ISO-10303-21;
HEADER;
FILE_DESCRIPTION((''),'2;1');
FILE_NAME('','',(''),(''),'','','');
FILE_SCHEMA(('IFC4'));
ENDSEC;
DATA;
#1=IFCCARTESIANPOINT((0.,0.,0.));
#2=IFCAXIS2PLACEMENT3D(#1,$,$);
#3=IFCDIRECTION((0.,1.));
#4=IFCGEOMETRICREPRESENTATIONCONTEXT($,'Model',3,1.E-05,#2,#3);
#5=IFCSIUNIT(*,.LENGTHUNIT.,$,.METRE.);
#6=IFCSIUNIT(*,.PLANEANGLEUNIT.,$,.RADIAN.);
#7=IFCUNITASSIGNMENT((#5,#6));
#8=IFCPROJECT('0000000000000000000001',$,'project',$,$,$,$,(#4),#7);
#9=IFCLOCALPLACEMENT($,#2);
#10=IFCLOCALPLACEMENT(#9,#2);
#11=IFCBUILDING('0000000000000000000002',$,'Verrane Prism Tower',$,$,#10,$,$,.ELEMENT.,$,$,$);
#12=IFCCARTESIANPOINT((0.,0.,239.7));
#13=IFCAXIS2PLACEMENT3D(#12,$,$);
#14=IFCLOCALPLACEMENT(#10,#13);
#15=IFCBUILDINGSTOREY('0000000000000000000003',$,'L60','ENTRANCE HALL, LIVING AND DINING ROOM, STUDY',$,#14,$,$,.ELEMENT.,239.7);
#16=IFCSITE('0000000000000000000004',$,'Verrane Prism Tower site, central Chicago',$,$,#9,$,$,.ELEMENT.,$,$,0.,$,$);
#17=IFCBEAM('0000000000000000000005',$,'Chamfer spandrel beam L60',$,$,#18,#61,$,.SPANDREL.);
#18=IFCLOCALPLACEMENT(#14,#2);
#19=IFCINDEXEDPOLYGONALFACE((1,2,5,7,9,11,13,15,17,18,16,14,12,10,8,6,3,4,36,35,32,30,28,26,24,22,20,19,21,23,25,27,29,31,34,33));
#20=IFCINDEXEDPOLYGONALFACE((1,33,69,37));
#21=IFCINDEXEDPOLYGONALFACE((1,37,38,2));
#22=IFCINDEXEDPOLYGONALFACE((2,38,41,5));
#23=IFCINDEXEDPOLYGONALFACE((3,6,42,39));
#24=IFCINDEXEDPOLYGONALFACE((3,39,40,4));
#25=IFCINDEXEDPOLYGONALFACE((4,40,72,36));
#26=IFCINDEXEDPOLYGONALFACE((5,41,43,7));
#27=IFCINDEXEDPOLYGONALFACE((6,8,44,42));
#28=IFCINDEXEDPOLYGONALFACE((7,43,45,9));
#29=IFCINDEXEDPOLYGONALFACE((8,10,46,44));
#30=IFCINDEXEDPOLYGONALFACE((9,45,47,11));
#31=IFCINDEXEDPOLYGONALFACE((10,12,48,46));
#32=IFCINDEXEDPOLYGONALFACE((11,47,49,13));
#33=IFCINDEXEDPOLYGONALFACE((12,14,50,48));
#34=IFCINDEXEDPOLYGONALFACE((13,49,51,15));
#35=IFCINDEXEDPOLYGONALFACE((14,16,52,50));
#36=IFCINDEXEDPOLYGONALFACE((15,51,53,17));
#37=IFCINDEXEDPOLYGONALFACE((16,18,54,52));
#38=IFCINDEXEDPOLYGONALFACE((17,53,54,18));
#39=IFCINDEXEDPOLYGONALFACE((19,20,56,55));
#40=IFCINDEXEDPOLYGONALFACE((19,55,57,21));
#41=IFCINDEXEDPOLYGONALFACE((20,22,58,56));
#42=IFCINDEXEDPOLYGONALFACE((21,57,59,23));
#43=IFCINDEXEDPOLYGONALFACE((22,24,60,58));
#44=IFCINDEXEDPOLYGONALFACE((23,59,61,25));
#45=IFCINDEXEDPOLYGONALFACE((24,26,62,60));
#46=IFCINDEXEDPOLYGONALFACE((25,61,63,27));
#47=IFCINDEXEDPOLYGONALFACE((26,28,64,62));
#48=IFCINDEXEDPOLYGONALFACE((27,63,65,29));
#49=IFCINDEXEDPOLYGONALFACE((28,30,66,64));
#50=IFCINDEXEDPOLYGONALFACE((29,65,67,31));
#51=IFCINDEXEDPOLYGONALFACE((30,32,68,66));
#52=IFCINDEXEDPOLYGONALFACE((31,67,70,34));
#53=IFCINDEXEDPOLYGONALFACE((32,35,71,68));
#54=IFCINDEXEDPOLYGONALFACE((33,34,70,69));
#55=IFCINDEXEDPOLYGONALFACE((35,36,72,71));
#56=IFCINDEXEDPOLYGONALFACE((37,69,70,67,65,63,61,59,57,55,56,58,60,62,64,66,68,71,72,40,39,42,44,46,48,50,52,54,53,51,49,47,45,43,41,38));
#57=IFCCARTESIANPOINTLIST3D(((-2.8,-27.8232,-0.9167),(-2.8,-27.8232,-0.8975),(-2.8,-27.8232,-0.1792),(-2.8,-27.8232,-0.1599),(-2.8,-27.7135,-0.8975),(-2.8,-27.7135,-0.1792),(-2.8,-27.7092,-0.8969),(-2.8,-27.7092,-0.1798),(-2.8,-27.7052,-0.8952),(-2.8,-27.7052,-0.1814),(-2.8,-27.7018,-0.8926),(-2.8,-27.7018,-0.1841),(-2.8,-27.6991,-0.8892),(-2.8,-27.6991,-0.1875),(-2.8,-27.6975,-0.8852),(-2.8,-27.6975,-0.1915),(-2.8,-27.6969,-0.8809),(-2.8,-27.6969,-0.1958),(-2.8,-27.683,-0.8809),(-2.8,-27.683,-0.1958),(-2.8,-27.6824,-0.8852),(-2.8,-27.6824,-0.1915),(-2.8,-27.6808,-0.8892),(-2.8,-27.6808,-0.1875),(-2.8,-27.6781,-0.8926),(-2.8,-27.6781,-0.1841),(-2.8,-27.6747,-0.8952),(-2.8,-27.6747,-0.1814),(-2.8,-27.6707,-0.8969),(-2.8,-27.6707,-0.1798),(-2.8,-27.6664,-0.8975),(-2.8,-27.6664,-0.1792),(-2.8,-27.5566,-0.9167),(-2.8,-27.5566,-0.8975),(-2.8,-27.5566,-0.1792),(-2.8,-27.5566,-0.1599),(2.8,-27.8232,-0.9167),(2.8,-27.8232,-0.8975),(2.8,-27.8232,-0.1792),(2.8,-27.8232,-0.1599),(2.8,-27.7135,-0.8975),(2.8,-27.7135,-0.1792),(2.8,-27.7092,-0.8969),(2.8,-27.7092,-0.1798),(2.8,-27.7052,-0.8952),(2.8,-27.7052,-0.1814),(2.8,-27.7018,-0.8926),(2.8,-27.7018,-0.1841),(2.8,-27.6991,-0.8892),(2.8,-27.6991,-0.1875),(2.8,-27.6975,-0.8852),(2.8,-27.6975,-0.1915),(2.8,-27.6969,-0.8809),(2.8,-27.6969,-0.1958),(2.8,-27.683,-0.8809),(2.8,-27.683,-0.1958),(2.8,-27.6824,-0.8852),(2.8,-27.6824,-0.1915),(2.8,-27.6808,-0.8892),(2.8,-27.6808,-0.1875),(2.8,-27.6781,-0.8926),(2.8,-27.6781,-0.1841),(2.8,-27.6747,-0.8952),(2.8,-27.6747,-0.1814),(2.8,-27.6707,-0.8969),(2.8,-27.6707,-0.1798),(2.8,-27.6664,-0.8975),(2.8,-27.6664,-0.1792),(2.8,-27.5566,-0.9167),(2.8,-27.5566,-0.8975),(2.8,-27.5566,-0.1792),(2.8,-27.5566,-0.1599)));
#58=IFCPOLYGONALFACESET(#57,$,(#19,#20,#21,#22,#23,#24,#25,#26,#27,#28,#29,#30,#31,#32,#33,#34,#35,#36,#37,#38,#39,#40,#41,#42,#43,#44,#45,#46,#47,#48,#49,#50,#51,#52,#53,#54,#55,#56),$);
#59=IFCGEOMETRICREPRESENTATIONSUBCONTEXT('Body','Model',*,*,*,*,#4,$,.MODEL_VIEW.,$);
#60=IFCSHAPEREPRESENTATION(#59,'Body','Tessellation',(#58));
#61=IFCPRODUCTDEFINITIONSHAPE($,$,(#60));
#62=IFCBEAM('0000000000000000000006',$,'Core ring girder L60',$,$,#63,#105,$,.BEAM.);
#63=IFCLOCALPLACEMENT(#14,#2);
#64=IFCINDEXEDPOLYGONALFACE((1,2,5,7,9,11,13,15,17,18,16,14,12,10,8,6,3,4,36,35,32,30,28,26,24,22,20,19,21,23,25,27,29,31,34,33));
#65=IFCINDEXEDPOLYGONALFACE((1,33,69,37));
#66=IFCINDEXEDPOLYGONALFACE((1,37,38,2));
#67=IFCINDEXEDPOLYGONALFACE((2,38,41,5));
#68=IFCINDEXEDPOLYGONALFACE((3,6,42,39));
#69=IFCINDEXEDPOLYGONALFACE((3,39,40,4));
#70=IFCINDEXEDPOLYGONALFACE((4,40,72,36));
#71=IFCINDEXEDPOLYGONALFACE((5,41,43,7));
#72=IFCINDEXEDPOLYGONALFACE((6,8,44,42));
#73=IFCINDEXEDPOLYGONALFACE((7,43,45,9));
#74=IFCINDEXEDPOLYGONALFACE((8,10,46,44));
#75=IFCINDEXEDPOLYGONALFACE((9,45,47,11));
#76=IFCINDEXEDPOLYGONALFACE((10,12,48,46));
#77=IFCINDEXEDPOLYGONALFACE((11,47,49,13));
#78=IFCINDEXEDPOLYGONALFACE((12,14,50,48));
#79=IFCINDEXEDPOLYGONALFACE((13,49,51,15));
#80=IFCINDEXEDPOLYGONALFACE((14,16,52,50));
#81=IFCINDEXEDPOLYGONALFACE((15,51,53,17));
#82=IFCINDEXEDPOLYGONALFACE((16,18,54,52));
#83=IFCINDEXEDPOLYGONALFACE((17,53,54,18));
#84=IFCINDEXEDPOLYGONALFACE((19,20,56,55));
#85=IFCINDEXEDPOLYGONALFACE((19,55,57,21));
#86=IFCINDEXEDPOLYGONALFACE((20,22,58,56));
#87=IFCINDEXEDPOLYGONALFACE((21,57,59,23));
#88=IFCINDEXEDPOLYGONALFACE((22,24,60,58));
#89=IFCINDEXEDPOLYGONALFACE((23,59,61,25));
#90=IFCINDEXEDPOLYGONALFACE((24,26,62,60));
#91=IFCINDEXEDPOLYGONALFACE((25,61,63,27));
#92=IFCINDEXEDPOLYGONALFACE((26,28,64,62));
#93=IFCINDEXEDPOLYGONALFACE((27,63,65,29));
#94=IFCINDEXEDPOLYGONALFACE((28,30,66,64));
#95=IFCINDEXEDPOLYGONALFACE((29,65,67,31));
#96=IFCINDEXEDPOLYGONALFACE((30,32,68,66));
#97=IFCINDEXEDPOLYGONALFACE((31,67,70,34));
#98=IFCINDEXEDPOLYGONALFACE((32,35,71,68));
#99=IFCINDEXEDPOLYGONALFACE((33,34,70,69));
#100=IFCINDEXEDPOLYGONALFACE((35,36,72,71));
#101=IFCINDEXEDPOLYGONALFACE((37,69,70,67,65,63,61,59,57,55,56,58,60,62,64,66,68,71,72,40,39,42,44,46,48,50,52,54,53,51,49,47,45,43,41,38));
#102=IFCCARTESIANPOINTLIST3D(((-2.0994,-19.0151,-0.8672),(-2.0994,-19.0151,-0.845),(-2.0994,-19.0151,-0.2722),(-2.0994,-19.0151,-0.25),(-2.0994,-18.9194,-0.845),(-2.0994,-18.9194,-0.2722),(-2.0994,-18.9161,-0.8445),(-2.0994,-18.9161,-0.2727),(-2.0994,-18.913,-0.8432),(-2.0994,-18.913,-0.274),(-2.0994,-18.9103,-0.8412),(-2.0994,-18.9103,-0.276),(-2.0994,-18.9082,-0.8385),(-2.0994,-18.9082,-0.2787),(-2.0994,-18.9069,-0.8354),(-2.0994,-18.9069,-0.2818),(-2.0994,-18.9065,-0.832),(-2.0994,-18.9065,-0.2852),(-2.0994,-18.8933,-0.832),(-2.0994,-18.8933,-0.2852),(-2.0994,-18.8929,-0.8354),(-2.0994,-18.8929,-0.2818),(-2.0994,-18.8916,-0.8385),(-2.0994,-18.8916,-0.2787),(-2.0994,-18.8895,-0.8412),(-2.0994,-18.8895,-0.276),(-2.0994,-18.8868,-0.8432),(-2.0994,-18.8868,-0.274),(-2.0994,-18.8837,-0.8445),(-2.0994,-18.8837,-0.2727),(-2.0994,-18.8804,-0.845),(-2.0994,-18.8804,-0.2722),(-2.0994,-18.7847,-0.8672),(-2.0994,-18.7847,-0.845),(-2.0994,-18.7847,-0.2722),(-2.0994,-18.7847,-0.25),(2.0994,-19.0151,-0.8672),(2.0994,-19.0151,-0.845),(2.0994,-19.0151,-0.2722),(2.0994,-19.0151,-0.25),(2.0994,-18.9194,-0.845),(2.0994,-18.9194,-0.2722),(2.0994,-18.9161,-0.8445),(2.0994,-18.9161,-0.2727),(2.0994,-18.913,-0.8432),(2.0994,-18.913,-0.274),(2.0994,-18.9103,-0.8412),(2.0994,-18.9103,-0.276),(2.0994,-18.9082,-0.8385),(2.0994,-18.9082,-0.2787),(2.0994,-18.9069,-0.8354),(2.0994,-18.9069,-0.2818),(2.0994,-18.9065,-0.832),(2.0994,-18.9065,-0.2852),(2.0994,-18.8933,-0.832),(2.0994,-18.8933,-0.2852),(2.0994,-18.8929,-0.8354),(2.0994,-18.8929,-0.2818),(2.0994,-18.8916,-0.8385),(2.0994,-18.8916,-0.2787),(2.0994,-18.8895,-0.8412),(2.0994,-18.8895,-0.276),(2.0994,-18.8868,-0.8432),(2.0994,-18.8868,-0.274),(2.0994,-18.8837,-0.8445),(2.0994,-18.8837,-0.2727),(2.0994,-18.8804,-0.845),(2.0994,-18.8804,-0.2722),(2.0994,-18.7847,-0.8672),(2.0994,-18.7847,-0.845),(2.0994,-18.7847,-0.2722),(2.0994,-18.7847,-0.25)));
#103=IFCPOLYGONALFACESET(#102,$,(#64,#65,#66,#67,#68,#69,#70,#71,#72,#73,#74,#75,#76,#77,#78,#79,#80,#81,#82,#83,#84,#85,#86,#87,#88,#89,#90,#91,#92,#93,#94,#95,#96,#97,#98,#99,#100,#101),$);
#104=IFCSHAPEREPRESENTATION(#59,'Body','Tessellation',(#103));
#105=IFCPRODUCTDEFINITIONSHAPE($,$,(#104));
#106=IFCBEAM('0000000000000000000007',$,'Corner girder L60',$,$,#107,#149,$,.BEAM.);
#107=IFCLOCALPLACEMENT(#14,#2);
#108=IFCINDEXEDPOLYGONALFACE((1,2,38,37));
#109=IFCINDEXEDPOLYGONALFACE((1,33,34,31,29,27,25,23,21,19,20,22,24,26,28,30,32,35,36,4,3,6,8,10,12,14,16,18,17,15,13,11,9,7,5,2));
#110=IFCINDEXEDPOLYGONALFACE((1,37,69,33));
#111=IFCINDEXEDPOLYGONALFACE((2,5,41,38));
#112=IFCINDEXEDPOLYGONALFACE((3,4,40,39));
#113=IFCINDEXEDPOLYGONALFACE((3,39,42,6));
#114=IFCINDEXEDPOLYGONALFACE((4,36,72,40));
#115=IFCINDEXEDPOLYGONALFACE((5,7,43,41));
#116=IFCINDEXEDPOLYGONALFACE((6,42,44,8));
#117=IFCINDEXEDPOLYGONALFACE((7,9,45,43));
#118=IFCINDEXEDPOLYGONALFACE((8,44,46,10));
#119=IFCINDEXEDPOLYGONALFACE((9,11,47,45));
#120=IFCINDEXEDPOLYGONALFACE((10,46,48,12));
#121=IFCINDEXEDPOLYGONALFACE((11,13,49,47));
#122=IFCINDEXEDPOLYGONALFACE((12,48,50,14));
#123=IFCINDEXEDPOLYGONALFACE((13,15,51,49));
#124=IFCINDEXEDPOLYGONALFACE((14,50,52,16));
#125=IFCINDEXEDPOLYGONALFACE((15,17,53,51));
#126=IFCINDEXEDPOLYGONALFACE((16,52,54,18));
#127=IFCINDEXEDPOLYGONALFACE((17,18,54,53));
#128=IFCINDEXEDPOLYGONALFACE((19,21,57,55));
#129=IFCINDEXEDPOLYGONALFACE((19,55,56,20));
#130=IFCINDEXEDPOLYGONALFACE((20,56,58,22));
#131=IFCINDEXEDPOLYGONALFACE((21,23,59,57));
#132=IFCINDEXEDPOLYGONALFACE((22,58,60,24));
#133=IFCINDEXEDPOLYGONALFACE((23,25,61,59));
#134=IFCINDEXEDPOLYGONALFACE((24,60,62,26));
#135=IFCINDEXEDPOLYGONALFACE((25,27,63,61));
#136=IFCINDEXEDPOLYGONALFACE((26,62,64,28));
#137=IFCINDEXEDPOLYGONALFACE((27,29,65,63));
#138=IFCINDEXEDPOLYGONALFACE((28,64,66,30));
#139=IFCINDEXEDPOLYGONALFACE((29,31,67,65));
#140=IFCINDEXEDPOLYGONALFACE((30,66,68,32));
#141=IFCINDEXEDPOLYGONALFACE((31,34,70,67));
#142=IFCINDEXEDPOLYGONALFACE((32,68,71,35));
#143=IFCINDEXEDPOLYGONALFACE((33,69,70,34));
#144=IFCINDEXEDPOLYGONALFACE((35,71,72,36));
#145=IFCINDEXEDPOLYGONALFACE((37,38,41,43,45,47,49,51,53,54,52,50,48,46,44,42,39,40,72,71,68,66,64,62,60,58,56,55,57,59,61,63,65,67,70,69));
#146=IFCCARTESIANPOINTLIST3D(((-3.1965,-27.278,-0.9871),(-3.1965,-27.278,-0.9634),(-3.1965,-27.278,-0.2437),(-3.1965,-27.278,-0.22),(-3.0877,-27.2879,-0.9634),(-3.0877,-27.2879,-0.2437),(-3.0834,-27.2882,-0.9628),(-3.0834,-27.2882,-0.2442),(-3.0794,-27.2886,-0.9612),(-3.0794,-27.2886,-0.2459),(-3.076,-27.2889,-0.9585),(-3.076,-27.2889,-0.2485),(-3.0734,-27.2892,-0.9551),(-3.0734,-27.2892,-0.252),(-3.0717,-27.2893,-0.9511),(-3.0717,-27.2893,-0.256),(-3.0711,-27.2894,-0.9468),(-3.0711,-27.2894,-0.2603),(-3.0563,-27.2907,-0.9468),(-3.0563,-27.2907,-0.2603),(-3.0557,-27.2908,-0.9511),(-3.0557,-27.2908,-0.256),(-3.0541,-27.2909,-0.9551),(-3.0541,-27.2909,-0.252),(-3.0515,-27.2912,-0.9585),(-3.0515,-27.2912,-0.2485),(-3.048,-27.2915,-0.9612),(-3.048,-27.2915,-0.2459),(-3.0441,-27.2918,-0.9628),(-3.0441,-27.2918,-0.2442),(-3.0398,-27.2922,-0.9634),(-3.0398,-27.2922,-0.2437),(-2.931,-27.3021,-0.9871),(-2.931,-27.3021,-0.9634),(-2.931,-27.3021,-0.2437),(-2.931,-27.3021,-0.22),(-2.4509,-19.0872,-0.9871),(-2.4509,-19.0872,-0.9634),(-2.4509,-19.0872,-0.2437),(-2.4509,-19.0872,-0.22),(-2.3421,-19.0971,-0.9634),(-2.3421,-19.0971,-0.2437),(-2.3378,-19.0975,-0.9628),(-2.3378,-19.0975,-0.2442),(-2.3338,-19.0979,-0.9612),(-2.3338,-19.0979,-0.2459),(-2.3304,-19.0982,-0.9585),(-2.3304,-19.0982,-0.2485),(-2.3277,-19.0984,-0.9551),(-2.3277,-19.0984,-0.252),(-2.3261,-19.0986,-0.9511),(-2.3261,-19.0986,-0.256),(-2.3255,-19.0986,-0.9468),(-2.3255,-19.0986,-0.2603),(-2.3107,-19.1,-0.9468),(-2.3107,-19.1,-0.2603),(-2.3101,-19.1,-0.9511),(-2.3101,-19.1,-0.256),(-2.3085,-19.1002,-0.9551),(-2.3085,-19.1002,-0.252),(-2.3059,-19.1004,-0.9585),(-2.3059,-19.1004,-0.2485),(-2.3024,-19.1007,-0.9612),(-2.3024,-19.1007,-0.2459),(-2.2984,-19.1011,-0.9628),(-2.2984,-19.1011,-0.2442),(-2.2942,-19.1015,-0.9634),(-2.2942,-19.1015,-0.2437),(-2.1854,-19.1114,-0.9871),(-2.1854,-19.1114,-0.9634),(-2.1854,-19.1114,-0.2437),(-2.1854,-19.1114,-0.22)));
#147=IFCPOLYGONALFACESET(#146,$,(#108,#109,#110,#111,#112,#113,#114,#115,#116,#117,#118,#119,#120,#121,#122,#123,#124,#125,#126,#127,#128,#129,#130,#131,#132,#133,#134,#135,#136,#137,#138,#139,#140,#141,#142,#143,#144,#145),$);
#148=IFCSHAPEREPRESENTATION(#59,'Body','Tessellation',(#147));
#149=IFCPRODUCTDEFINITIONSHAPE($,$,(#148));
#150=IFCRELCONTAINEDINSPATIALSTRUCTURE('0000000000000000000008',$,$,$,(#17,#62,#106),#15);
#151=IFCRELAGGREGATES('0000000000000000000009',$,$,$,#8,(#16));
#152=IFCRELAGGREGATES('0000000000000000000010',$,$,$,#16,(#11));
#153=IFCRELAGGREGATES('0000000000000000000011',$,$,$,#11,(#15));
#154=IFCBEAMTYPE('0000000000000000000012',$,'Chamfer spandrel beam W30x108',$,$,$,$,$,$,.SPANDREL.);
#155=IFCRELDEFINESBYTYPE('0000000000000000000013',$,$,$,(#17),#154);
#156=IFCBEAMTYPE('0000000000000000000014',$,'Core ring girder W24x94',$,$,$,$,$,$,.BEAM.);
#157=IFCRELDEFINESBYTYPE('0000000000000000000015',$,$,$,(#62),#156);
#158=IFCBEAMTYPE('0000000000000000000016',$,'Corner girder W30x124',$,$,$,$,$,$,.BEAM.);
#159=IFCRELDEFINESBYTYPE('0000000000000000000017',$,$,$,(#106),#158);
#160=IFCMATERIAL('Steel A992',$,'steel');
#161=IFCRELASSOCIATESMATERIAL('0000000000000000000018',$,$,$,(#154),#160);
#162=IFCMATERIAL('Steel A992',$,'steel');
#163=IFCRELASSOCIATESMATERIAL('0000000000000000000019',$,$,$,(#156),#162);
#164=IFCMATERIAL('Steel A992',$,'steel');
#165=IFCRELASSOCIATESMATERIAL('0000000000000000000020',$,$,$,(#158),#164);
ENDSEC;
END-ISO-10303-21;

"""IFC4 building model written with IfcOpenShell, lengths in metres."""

from ifc_helpers import new_model, si_unit, direction, frame, origin, origin_2d, place, context, subcontext, project, spatial, i_section, extrude, material, material_profile, profile_set, type_object, element, save


model = new_model("IFC4")

# Units and contexts
model_context = context("Model", 3, precision=1e-05, world=origin(), true_north=direction((0.0, 1.0)))
body_context = subcontext(model_context, "Body", "Model", "MODEL_VIEW")
ifc_project = project(units=[si_unit("LENGTHUNIT", "METRE"), si_unit("PLANEANGLEUNIT", "RADIAN")], contexts=[model_context])

# Site, building, storey
site_placement = place(None, origin())
site = spatial("IfcSite", under=ifc_project, at=site_placement, Name="Verrane Prism Tower site, central Chicago", CompositionType="ELEMENT", RefElevation=0.0)
building_placement = place(site_placement, origin())
building = spatial("IfcBuilding", under=site, at=building_placement, Name="Verrane Prism Tower", CompositionType="ELEMENT")
storey_placement = place(building_placement, frame((0.0, 0.0, 239.7)))
storey = spatial("IfcBuildingStorey", under=building, at=storey_placement, Name="L60", Description="ENTRANCE HALL, LIVING AND DINING ROOM, STUDY", CompositionType="ELEMENT", Elevation=239.7)

# Beams
ifc_material_1 = material(Name="Steel A992", Category="steel")
ifc_material_profile_1 = material_profile(ifc_material_1, i_section(OverallWidth=0.2666, OverallDepth=0.7568, WebThickness=0.0139, FlangeThickness=0.0193, FilletRadius=0.0166, at=origin_2d()), Name="W30x108")
ifc_profile_set_1 = profile_set([ifc_material_profile_1], Name="Steel A992")
beam_type_1 = type_object("IfcBeamType", Name="Chamfer spandrel beam W30x108", PredefinedType="SPANDREL", material=ifc_profile_set_1)
beam_1_placement = place(storey_placement, frame((-2.8, -27.6899, -0.5383), z_axis=(1.0, 0.0, 0.0), x_axis=(0.0, 1.0, 0.0)))
element("IfcBeam", 1, at=beam_1_placement, inside=storey, type_object=beam_type_1, Name="Chamfer spandrel beam L60", PredefinedType="SPANDREL", context=body_context, shape_type="SweptSolid", body=[
    extrude(i_section(OverallWidth=0.2666, OverallDepth=0.7568, WebThickness=0.0139, FlangeThickness=0.0193, FilletRadius=0.0166, at=origin_2d()), origin(), (0.0, 0.0, 1.0), 5.6001),
])
ifc_material_2 = material(Name="Steel A992", Category="steel")
ifc_material_profile_2 = material_profile(ifc_material_2, i_section(OverallWidth=0.2305, OverallDepth=0.6172, WebThickness=0.0132, FlangeThickness=0.0222, FilletRadius=0.0129, at=origin_2d()), Name="W24x94")
ifc_profile_set_2 = profile_set([ifc_material_profile_2], Name="Steel A992")
beam_type_2 = type_object("IfcBeamType", Name="Core ring girder W24x94", PredefinedType="BEAM", material=ifc_profile_set_2)
beam_2_placement = place(storey_placement, frame((-2.0994, -18.8999, -0.5586), z_axis=(1.0, 0.0, 0.0), x_axis=(0.0, 1.0, 0.0)))
element("IfcBeam", 2, at=beam_2_placement, inside=storey, type_object=beam_type_2, Name="Core ring girder L60", PredefinedType="BEAM", context=body_context, shape_type="SweptSolid", body=[
    extrude(i_section(OverallWidth=0.2305, OverallDepth=0.6172, WebThickness=0.0132, FlangeThickness=0.0222, FilletRadius=0.0129, at=origin_2d()), origin(), (0.0, 0.0, 1.0), 4.1987),
])
ifc_material_3 = material(Name="Steel A992", Category="steel")
ifc_material_profile_3 = material_profile(ifc_material_3, i_section(OverallWidth=0.2666, OverallDepth=0.7671, WebThickness=0.0149, FlangeThickness=0.0237, FilletRadius=0.0166, at=origin_2d()), Name="W30x124")
ifc_profile_set_3 = profile_set([ifc_material_profile_3], Name="Steel A992")
beam_type_3 = type_object("IfcBeamType", Name="Corner girder W30x124", PredefinedType="BEAM", material=ifc_profile_set_3)
beam_3_placement = place(storey_placement, frame((-3.0637, -27.29, -0.6035), z_axis=(0.090656, 0.995882, 0.0), x_axis=(-0.995882, 0.090656, 0.0)))
element("IfcBeam", 3, at=beam_3_placement, inside=storey, type_object=beam_type_3, Name="Corner girder L60", PredefinedType="BEAM", context=body_context, shape_type="SweptSolid", body=[
    extrude(i_section(OverallWidth=0.2666, OverallDepth=0.7671, WebThickness=0.0149, FlangeThickness=0.0237, FilletRadius=0.0166, at=origin_2d()), origin(), (0.0, 0.0, 1.0), 8.2246),
])

save(model, "model.ifc")
